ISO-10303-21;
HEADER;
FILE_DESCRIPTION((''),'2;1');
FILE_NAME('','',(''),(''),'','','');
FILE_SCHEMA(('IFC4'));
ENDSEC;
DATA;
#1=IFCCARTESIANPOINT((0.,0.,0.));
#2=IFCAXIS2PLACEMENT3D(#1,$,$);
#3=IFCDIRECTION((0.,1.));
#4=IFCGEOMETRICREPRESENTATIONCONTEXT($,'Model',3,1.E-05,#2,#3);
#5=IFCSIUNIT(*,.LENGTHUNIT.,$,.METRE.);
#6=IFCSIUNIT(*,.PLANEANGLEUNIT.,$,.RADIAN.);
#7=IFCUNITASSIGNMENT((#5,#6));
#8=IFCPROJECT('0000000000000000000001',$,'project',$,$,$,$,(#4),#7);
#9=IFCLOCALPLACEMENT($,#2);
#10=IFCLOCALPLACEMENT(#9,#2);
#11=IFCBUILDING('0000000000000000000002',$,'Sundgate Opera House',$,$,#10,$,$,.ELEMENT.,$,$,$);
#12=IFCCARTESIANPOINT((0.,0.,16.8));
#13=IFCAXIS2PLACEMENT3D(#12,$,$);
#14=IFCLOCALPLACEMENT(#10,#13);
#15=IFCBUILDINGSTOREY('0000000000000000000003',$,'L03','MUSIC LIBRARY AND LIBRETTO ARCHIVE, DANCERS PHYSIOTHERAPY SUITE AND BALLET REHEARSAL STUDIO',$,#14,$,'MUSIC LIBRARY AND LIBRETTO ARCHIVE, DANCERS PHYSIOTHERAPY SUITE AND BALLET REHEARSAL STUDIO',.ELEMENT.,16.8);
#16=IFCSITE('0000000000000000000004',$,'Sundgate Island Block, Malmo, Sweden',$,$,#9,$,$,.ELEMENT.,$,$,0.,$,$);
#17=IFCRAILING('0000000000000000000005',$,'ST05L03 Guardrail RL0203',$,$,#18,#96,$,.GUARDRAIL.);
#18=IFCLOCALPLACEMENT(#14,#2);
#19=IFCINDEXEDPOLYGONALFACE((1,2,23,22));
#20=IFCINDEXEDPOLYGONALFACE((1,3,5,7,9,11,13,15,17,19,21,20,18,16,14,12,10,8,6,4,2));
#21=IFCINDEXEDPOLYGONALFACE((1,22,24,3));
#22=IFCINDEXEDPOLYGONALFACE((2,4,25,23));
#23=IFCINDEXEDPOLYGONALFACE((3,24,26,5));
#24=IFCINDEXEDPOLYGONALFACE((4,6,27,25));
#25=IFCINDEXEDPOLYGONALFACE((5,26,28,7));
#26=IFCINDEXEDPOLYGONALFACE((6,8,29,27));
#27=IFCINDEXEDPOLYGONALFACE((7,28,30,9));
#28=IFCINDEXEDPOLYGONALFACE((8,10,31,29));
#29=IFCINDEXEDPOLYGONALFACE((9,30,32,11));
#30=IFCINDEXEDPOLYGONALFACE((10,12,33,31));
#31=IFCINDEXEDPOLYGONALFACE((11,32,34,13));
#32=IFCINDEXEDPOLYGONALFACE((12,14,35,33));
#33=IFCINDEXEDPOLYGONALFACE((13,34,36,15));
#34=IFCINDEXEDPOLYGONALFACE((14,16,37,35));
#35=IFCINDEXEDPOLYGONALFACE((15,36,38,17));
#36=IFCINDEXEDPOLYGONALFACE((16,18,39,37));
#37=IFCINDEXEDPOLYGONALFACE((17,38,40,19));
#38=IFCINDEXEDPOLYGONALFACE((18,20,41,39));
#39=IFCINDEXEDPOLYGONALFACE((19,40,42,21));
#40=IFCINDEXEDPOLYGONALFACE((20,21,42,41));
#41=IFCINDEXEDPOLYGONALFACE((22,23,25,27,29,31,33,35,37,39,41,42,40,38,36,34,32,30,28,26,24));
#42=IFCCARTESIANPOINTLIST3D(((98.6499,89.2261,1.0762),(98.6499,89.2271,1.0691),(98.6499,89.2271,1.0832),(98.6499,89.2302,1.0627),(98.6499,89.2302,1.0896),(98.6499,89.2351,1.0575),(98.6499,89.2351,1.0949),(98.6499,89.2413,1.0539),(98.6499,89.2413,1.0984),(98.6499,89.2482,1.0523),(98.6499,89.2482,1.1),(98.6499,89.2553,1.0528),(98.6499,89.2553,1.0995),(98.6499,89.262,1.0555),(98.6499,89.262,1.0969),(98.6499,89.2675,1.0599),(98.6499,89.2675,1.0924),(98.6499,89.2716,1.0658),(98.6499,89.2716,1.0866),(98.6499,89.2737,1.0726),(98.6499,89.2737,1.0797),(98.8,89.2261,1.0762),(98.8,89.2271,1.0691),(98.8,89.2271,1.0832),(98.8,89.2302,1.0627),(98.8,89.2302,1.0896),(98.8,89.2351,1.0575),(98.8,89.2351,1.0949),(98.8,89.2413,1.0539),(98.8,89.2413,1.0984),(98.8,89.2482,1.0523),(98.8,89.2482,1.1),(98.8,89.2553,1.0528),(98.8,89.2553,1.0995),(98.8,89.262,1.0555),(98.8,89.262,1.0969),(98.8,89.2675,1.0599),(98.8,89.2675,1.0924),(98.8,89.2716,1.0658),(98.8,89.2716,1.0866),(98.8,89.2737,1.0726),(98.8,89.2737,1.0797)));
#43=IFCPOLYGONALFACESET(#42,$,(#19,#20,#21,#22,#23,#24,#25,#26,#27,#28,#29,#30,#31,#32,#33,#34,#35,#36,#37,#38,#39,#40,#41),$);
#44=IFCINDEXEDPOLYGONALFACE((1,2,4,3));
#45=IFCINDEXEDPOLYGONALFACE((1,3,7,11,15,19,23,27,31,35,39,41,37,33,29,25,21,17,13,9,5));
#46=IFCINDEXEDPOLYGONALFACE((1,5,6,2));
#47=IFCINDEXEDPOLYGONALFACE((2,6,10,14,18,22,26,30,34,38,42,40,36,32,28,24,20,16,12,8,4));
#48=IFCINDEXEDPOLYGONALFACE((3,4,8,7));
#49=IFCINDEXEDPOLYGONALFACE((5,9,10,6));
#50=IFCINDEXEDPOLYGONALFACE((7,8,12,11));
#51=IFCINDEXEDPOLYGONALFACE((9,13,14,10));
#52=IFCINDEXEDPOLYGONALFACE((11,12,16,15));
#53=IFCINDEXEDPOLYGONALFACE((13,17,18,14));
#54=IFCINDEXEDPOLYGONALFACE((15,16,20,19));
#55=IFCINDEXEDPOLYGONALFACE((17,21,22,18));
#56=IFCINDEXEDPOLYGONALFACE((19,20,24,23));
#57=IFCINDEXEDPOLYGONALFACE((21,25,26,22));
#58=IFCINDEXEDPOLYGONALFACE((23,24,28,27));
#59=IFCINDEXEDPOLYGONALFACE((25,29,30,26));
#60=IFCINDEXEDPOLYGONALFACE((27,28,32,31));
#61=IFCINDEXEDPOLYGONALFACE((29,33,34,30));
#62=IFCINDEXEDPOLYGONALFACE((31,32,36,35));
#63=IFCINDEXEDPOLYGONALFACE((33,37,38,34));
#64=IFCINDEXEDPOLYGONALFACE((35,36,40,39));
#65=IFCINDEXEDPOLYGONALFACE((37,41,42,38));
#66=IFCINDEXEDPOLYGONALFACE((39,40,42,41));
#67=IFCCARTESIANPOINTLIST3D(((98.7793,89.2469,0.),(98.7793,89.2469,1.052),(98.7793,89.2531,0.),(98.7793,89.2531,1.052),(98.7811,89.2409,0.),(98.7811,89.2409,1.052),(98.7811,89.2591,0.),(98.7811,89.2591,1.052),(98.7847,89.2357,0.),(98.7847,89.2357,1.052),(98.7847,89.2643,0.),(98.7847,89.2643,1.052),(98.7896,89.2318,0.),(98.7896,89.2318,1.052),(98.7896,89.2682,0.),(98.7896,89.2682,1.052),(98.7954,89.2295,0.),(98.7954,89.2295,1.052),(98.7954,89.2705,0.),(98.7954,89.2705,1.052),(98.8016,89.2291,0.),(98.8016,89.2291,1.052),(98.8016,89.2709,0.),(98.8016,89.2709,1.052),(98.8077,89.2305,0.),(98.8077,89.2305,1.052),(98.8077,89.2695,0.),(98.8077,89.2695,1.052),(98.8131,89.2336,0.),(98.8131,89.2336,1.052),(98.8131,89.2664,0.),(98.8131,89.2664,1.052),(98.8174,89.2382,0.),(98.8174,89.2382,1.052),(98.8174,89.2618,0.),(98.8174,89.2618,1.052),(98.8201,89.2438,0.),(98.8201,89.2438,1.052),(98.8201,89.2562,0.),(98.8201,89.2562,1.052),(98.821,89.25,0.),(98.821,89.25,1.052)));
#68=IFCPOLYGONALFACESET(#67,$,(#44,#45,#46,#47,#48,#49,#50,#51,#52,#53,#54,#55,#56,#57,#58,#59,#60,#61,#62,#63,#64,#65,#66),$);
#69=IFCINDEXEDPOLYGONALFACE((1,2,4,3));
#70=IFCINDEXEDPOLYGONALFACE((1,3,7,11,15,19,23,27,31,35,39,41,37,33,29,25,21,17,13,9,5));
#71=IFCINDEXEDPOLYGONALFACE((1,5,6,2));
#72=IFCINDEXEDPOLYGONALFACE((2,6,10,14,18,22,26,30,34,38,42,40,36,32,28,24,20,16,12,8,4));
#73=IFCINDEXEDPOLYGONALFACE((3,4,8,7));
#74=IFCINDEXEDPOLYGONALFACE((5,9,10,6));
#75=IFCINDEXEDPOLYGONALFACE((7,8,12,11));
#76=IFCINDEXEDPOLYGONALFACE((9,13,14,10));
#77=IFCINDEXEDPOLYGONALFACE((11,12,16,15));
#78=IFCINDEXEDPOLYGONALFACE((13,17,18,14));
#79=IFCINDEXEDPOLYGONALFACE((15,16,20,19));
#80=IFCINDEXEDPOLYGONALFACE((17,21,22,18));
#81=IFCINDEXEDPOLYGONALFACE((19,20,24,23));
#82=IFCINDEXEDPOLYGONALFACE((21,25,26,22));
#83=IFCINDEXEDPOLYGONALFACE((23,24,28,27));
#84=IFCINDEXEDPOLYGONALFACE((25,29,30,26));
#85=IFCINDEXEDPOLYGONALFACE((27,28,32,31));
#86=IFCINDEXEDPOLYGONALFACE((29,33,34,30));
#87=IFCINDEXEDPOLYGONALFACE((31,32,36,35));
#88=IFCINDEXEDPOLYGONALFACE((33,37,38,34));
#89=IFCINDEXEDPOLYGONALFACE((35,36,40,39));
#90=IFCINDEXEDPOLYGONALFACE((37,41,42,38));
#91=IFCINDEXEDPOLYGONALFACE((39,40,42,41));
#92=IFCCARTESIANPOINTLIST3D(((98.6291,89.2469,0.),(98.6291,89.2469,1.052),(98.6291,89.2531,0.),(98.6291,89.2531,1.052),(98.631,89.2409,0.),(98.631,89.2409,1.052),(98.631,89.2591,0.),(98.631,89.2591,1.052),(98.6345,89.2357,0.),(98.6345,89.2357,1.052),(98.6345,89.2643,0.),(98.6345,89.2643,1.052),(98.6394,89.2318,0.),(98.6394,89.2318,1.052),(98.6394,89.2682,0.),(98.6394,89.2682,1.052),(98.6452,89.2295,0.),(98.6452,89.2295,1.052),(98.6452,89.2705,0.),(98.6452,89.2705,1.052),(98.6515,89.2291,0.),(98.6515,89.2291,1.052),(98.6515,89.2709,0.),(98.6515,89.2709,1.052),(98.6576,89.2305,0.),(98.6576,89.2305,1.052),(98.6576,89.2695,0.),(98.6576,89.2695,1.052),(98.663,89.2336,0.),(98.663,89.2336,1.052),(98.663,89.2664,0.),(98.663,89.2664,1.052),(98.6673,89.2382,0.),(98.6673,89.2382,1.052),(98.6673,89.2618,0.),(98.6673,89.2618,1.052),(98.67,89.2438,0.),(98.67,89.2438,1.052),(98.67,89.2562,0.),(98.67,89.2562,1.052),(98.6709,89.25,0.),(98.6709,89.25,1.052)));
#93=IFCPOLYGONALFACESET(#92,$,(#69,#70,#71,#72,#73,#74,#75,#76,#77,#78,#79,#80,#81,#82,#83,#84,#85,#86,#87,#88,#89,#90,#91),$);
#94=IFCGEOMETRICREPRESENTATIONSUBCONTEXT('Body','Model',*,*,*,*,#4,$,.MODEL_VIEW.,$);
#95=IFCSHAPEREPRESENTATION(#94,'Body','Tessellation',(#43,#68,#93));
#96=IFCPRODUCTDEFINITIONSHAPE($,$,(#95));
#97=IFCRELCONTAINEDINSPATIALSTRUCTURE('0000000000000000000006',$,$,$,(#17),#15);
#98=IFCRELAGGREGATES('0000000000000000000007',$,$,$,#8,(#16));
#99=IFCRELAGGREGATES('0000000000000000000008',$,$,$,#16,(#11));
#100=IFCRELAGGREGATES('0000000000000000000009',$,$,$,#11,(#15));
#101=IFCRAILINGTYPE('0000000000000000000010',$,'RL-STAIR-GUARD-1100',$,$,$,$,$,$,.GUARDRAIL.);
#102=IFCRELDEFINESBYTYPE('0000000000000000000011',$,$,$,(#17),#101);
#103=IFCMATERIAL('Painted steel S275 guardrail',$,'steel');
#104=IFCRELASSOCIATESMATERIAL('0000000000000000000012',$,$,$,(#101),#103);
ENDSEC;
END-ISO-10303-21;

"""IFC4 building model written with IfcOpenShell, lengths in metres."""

from ifc_helpers import new_model, si_unit, direction, frame, origin, origin_2d, place, context, subcontext, project, spatial, circle, extrude, material, type_object, element, save


model = new_model("IFC4")

# Units and contexts
model_context = context("Model", 3, precision=1e-05, world=origin(), true_north=direction((0.0, 1.0)))
body_context = subcontext(model_context, "Body", "Model", "MODEL_VIEW")
ifc_project = project(units=[si_unit("LENGTHUNIT", "METRE"), si_unit("PLANEANGLEUNIT", "RADIAN")], contexts=[model_context])

# Site, building, storey
site_placement = place(None, origin())
site = spatial("IfcSite", under=ifc_project, at=site_placement, Name="Sundgate Island Block, Malmo, Sweden", CompositionType="ELEMENT", RefElevation=0.0)
building_placement = place(site_placement, origin())
building = spatial("IfcBuilding", under=site, at=building_placement, Name="Sundgate Opera House", CompositionType="ELEMENT")
storey_placement = place(building_placement, frame((0.0, 0.0, 16.8)))
storey = spatial("IfcBuildingStorey", under=building, at=storey_placement, Name="L03", Description="MUSIC LIBRARY AND LIBRETTO ARCHIVE, DANCERS PHYSIOTHERAPY SUITE AND BALLET REHEARSAL STUDIO", LongName="MUSIC LIBRARY AND LIBRETTO ARCHIVE, DANCERS PHYSIOTHERAPY SUITE AND BALLET REHEARSAL STUDIO", CompositionType="ELEMENT", Elevation=16.8)

# Railing
ifc_material_1 = material(Name="Painted steel S275 guardrail", Category="steel")
railing_type_1 = type_object("IfcRailingType", Name="RL-STAIR-GUARD-1100", PredefinedType="GUARDRAIL", material=ifc_material_1)
railing_1_placement = place(storey_placement, frame((98.8, 89.25, 0.0)))
element("IfcRailing", 1, at=railing_1_placement, inside=storey, type_object=railing_type_1, Name="ST05L03 Guardrail RL0203", PredefinedType="GUARDRAIL", context=body_context, shape_type="SweptSolid", body=[
    extrude(circle(Radius=0.0239, at=origin_2d()), frame((0.0, 0.0, 1.0762), z_axis=(-1.0, 0.0, 0.0), x_axis=(0.0, -1.0, 0.0)), (0.0, 0.0, 1.0), 0.1501),
    extrude(circle(Radius=0.021, at=origin_2d()), origin(), (0.0, 0.0, 1.0), 1.052),
    extrude(circle(Radius=0.021, at=origin_2d()), frame((-0.1501, 0.0, 0.0)), (0.0, 0.0, 1.0), 1.052),
])

save(model, "model.ifc")
